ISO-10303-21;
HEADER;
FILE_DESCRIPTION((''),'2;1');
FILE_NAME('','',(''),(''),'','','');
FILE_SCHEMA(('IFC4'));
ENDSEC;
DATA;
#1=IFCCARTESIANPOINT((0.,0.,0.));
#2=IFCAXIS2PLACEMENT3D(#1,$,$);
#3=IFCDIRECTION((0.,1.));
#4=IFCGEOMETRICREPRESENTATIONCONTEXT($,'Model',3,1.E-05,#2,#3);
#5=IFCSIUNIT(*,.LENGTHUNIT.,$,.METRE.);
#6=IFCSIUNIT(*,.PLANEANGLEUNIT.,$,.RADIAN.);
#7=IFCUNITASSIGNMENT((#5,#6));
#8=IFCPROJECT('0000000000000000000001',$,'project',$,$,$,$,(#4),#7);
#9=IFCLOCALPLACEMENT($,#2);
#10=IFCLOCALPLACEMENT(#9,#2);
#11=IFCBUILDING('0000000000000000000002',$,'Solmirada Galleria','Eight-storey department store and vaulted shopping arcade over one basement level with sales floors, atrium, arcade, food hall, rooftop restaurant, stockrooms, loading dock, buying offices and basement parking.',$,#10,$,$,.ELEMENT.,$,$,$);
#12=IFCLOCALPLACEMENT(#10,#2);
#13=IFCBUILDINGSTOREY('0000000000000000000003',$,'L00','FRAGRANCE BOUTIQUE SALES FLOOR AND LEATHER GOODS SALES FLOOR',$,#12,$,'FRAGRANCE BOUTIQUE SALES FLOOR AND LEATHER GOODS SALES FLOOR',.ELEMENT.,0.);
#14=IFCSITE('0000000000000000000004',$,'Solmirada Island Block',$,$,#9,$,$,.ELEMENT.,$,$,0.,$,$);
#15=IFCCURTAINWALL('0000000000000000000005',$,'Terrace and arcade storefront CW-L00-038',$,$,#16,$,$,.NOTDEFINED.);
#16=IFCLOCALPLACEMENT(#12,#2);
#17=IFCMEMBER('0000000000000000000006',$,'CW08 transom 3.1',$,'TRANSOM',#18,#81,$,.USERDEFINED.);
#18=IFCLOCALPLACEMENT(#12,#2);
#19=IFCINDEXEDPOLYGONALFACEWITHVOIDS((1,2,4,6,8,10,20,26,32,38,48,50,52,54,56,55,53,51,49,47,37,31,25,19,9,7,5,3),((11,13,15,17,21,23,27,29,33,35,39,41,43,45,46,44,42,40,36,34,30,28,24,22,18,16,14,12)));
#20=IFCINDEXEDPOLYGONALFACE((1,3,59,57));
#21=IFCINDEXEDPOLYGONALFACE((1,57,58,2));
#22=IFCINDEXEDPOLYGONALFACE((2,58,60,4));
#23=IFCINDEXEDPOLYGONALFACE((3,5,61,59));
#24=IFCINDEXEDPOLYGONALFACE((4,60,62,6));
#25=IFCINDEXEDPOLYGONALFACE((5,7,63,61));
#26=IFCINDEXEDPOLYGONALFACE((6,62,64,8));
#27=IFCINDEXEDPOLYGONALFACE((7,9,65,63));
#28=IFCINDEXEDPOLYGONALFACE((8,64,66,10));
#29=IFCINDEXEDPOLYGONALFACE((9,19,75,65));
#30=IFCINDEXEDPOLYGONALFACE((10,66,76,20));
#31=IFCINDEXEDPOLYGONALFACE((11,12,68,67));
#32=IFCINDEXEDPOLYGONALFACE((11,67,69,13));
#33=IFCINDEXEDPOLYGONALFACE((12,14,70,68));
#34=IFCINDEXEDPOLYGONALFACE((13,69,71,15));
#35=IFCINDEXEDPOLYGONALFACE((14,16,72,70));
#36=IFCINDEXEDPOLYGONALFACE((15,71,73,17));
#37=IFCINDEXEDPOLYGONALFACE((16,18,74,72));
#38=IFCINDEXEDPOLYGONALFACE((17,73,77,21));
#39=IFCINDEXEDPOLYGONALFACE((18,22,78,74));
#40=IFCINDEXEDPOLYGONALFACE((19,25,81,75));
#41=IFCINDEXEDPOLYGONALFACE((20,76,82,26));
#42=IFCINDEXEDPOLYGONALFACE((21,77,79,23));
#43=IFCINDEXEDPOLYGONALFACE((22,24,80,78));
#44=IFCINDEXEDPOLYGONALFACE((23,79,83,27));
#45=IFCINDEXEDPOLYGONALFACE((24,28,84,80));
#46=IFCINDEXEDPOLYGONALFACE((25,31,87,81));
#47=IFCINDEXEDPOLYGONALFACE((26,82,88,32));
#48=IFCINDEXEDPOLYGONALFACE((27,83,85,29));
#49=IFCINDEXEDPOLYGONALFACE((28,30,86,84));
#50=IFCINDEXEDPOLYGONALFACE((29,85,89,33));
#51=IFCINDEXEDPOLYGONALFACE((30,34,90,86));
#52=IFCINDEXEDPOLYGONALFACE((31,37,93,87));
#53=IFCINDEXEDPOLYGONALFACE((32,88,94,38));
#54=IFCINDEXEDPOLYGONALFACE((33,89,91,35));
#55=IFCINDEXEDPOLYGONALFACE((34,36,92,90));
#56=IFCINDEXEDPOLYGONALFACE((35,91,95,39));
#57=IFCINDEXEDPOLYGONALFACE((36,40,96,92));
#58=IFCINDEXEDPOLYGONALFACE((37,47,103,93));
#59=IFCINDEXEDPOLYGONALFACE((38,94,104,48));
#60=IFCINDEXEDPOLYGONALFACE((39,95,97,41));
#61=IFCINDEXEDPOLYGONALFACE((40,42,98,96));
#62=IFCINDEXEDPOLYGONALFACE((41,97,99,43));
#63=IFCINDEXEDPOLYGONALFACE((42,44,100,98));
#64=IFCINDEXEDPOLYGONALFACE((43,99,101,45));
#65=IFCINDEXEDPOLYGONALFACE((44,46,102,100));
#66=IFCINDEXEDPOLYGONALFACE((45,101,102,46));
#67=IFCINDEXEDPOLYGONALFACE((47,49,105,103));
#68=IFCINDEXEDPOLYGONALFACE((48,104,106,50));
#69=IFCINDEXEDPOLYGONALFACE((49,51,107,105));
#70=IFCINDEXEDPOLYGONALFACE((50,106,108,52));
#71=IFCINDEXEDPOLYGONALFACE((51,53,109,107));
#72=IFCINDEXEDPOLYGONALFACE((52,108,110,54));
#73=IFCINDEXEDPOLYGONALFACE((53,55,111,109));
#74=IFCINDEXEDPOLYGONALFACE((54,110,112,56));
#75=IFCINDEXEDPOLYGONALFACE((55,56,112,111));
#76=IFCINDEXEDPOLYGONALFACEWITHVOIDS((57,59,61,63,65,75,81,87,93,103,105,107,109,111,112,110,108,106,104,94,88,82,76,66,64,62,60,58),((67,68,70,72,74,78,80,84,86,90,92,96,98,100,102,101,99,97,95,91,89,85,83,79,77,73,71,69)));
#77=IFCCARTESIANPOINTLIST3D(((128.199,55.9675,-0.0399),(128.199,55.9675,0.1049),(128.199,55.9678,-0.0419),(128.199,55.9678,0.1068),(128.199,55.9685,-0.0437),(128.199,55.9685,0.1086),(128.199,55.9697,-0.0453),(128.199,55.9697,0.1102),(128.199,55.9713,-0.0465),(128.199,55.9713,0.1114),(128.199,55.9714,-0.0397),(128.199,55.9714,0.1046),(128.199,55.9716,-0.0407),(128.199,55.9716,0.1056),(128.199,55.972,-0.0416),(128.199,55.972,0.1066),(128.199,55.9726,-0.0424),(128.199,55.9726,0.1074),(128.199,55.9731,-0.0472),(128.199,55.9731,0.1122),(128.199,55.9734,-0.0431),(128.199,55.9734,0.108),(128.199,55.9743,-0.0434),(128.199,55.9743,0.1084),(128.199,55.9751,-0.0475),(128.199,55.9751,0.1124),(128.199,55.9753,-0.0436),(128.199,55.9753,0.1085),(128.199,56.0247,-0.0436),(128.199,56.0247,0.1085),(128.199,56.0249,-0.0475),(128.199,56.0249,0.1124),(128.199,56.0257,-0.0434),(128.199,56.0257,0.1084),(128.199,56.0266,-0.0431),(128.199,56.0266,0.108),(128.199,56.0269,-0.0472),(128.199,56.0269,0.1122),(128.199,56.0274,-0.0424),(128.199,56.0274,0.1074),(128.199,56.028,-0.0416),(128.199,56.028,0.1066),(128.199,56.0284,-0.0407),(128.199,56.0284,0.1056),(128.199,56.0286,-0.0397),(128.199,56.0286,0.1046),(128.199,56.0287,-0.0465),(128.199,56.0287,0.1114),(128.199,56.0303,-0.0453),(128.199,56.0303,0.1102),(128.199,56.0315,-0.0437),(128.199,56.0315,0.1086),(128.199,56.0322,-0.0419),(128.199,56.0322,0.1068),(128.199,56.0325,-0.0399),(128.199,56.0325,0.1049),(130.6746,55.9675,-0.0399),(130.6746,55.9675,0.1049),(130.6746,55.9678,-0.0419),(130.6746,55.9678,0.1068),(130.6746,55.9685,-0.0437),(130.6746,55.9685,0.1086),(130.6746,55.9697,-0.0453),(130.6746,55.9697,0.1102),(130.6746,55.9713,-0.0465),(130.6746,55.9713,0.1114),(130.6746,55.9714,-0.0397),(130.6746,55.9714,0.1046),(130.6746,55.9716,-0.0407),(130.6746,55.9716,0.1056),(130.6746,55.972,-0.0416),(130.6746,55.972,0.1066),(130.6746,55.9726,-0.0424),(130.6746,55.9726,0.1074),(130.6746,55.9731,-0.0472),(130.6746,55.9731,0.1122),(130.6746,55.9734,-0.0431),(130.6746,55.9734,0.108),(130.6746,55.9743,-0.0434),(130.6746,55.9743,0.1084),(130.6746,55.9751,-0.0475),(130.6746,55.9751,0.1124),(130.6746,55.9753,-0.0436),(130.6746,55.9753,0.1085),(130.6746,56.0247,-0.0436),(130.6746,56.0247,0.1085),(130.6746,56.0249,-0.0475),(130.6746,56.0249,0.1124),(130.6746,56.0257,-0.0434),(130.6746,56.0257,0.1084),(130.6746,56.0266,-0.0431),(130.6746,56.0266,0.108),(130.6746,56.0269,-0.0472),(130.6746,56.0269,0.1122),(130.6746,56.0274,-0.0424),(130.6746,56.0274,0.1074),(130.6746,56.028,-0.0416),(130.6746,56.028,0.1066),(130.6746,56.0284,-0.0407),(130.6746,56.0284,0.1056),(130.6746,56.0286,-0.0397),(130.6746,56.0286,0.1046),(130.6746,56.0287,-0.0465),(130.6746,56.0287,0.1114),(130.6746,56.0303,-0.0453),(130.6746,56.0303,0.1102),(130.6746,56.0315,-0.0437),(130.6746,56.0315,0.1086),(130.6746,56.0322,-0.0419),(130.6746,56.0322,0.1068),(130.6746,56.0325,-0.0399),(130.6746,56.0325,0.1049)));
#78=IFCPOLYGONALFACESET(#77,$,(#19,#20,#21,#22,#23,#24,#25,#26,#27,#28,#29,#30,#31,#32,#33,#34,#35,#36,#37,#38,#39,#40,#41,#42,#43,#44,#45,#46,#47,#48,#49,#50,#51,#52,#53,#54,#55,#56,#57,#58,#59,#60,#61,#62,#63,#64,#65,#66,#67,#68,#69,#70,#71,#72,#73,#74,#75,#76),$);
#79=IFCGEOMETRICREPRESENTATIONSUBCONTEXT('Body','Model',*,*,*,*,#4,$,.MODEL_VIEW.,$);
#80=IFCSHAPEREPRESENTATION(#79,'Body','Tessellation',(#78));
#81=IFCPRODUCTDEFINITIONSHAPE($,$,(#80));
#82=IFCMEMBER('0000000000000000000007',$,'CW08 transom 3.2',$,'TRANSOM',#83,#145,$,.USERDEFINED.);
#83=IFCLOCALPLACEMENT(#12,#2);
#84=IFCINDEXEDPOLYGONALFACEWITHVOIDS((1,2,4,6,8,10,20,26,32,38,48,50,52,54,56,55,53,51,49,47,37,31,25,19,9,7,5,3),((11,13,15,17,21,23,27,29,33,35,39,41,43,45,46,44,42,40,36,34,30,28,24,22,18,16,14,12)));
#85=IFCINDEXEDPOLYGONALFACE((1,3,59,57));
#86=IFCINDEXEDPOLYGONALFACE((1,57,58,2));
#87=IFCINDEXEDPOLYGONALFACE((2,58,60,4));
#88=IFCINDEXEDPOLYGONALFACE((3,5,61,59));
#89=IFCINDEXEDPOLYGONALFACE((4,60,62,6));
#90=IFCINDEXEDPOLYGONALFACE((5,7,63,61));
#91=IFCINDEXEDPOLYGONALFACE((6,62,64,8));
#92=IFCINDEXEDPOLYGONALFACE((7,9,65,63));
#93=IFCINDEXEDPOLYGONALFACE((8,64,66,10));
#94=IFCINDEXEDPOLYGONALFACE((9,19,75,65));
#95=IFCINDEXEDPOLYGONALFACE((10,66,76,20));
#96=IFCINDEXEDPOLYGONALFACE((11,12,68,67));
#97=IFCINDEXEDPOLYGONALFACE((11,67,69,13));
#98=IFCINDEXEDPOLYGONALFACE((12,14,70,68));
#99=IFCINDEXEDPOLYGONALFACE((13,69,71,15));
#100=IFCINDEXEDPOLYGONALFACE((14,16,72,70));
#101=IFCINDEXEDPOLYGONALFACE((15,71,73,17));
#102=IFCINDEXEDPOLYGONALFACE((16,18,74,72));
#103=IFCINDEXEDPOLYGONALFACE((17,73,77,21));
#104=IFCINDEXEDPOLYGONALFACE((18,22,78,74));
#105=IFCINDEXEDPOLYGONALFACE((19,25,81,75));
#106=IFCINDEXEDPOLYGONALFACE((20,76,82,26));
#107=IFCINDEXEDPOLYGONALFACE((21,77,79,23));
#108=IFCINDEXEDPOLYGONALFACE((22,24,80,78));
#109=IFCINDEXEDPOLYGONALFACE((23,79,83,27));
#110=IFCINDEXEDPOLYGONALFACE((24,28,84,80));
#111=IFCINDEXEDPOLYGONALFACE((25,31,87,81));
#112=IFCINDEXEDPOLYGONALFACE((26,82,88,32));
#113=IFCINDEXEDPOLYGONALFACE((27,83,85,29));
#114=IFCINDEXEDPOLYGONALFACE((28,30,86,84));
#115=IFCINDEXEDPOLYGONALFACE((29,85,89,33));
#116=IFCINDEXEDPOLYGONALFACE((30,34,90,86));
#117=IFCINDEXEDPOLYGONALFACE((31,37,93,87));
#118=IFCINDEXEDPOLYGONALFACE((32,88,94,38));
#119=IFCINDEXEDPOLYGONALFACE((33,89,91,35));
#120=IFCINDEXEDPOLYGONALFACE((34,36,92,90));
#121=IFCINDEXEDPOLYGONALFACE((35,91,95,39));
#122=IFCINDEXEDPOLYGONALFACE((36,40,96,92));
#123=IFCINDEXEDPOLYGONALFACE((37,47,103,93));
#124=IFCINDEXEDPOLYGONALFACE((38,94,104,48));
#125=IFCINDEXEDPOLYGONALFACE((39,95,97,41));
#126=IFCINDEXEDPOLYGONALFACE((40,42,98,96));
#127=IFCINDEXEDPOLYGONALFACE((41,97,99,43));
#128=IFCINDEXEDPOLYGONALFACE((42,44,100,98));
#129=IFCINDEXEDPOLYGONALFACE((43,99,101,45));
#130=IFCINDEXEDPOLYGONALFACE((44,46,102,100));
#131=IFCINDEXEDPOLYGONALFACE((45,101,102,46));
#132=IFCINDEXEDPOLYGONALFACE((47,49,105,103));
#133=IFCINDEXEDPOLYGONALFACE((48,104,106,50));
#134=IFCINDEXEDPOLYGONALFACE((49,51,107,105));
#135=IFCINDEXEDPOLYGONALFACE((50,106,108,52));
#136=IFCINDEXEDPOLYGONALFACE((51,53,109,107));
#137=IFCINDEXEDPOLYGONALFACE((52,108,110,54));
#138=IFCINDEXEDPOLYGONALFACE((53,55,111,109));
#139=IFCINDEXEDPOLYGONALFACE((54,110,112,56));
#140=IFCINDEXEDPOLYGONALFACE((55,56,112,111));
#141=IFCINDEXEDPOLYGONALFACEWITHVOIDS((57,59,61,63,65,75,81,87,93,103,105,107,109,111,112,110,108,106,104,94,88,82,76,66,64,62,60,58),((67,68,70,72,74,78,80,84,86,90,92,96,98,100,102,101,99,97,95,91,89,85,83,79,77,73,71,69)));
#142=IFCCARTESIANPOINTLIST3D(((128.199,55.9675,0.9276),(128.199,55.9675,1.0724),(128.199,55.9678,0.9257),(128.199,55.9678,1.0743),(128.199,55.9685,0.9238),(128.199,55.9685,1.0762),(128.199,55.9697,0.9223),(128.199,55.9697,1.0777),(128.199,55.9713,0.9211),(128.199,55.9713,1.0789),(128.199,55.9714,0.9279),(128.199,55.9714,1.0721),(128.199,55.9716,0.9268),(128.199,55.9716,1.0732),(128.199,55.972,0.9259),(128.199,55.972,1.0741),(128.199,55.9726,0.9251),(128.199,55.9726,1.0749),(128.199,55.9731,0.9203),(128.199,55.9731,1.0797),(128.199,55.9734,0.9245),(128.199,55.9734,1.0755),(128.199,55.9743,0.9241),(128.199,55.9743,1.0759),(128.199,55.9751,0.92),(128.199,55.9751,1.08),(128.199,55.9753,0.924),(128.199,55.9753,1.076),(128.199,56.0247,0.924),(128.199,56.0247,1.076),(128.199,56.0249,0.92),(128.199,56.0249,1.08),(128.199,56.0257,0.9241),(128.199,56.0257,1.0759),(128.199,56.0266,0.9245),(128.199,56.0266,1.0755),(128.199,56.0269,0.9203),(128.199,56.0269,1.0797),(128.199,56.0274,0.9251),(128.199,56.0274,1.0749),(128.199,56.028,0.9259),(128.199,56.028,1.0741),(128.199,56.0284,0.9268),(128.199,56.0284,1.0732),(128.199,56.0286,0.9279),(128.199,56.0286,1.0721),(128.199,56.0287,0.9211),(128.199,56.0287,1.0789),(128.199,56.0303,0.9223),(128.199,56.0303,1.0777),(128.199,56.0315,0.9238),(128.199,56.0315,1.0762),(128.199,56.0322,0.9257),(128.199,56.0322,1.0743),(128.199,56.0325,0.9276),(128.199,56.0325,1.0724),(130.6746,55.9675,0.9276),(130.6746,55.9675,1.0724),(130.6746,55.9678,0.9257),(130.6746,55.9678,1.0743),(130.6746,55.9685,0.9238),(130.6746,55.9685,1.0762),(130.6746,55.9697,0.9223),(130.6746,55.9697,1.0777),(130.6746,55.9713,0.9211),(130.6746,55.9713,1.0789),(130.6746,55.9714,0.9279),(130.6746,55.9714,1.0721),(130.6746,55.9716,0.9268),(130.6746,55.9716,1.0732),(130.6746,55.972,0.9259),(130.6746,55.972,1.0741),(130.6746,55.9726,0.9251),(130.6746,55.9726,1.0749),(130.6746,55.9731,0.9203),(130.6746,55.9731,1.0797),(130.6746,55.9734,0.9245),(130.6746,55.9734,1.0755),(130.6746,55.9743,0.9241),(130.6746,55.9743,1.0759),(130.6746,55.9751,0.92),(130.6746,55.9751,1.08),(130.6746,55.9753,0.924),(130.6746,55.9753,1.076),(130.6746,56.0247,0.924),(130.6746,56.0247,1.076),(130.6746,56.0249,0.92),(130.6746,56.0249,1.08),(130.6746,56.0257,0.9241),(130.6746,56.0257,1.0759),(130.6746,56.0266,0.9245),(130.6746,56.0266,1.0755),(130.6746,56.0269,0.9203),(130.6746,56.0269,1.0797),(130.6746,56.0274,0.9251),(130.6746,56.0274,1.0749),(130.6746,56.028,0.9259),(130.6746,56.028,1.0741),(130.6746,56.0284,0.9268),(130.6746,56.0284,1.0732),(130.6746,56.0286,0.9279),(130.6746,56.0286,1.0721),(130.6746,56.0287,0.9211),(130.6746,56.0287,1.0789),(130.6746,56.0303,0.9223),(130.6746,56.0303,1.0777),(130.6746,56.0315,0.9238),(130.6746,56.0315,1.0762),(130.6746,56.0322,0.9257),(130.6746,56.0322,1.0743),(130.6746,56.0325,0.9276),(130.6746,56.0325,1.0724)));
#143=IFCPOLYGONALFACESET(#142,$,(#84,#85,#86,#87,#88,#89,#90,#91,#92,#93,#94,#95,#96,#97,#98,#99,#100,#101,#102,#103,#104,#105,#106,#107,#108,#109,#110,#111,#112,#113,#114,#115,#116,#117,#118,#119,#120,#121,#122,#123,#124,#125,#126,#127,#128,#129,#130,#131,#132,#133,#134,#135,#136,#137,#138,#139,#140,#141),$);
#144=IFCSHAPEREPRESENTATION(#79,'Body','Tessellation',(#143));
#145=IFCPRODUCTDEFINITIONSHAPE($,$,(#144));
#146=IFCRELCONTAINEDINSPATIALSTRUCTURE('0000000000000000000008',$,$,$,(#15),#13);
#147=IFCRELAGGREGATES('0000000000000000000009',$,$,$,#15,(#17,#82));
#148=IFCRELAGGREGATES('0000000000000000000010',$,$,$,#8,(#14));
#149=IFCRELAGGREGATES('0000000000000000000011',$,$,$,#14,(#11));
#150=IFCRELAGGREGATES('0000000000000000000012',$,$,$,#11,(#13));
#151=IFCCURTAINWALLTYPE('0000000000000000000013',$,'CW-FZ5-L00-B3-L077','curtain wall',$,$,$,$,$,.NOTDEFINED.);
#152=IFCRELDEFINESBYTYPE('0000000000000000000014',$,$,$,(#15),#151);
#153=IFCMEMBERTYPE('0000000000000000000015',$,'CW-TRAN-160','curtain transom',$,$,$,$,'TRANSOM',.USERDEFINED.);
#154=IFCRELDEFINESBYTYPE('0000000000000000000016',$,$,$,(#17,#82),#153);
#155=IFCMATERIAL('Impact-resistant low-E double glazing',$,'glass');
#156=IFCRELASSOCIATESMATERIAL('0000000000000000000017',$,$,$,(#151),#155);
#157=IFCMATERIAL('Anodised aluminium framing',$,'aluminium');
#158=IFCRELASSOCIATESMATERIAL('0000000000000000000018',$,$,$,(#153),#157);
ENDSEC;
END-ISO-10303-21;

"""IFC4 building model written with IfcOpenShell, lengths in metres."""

from ifc_helpers import new_model, si_unit, direction, frame, origin, origin_2d, place, context, subcontext, project, spatial, hollow_rectangle, extrude, material, material_profile, profile_set, type_object, element, aggregate, save


model = new_model("IFC4")

# Units and contexts
model_context = context("Model", 3, precision=1e-05, world=origin(), true_north=direction((0.0, 1.0)))
body_context = subcontext(model_context, "Body", "Model", "MODEL_VIEW")
ifc_project = project(units=[si_unit("LENGTHUNIT", "METRE"), si_unit("PLANEANGLEUNIT", "RADIAN")], contexts=[model_context])

# Site, building, storey
site_placement = place(None, origin())
site = spatial("IfcSite", under=ifc_project, at=site_placement, Name="Solmirada Island Block", CompositionType="ELEMENT", RefElevation=0.0)
building_placement = place(site_placement, origin())
building = spatial("IfcBuilding", under=site, at=building_placement, Name="Solmirada Galleria", Description="Eight-storey department store and vaulted shopping arcade over one basement level with sales floors, atrium, arcade, food hall, rooftop restaurant, stockrooms, loading dock, buying offices and basement parking.", CompositionType="ELEMENT")
storey_placement = place(building_placement, origin())
storey = spatial("IfcBuildingStorey", under=building, at=storey_placement, Name="L00", Description="FRAGRANCE BOUTIQUE SALES FLOOR AND LEATHER GOODS SALES FLOOR", LongName="FRAGRANCE BOUTIQUE SALES FLOOR AND LEATHER GOODS SALES FLOOR", CompositionType="ELEMENT", Elevation=0.0)

# Curtain wall
ifc_material_1 = material(Name="Impact-resistant low-E double glazing", Category="glass")
curtain_wall_type = type_object("IfcCurtainWallType", Name="CW-FZ5-L00-B3-L077", Description="curtain wall", PredefinedType="NOTDEFINED", material=ifc_material_1)
ifc_material_2 = material(Name="Anodised aluminium framing", Category="aluminium")
curtain_wall_1_placement = place(storey_placement, origin())
curtain_wall_1 = element("IfcCurtainWall", 1, at=curtain_wall_1_placement, inside=storey, type_object=curtain_wall_type, Name="Terrace and arcade storefront CW-L00-038", PredefinedType="NOTDEFINED")

# Members
ifc_material_profile_1 = material_profile(ifc_material_2, hollow_rectangle(XDim=0.0649, YDim=0.1599, WallThickness=0.0039, InnerFilletRadius=0.0039, OuterFilletRadius=0.0076, at=origin_2d()), Name="ALU-TRAN-160X65")
ifc_profile_set_1 = profile_set([ifc_material_profile_1], Name="Anodised aluminium framing")
member_type_1 = type_object("IfcMemberType", Name="CW-TRAN-160", Description="curtain transom", ElementType="TRANSOM", PredefinedType="USERDEFINED", material=ifc_profile_set_1)
member_1_placement = place(storey_placement, frame((130.6746, 56.0, 0.0325), z_axis=(-1.0, 0.0, 0.0), x_axis=(0.0, -1.0, 0.0)))
member_1 = element("IfcMember", 2, at=member_1_placement, type_object=member_type_1, Name="CW08 transom 3.1", ObjectType="TRANSOM", PredefinedType="USERDEFINED", context=body_context, shape_type="SweptSolid", body=[
    extrude(hollow_rectangle(XDim=0.0649, YDim=0.1599, WallThickness=0.0039, InnerFilletRadius=0.0039, OuterFilletRadius=0.0076, at=origin_2d()), origin(), (0.0, 0.0, 1.0), 2.4756),
])
member_2_placement = place(storey_placement, frame((130.6746, 56.0, 1.0), z_axis=(-1.0, 0.0, 0.0), x_axis=(0.0, -1.0, 0.0)))
member_2 = element("IfcMember", 3, at=member_2_placement, type_object=member_type_1, Name="CW08 transom 3.2", ObjectType="TRANSOM", PredefinedType="USERDEFINED", context=body_context, shape_type="SweptSolid", body=[
    extrude(hollow_rectangle(XDim=0.0649, YDim=0.1599, WallThickness=0.0039, InnerFilletRadius=0.0039, OuterFilletRadius=0.0076, at=origin_2d()), origin(), (0.0, 0.0, 1.0), 2.4756),
])

aggregate(curtain_wall_1, [member_1, member_2])

save(model, "model.ifc")
